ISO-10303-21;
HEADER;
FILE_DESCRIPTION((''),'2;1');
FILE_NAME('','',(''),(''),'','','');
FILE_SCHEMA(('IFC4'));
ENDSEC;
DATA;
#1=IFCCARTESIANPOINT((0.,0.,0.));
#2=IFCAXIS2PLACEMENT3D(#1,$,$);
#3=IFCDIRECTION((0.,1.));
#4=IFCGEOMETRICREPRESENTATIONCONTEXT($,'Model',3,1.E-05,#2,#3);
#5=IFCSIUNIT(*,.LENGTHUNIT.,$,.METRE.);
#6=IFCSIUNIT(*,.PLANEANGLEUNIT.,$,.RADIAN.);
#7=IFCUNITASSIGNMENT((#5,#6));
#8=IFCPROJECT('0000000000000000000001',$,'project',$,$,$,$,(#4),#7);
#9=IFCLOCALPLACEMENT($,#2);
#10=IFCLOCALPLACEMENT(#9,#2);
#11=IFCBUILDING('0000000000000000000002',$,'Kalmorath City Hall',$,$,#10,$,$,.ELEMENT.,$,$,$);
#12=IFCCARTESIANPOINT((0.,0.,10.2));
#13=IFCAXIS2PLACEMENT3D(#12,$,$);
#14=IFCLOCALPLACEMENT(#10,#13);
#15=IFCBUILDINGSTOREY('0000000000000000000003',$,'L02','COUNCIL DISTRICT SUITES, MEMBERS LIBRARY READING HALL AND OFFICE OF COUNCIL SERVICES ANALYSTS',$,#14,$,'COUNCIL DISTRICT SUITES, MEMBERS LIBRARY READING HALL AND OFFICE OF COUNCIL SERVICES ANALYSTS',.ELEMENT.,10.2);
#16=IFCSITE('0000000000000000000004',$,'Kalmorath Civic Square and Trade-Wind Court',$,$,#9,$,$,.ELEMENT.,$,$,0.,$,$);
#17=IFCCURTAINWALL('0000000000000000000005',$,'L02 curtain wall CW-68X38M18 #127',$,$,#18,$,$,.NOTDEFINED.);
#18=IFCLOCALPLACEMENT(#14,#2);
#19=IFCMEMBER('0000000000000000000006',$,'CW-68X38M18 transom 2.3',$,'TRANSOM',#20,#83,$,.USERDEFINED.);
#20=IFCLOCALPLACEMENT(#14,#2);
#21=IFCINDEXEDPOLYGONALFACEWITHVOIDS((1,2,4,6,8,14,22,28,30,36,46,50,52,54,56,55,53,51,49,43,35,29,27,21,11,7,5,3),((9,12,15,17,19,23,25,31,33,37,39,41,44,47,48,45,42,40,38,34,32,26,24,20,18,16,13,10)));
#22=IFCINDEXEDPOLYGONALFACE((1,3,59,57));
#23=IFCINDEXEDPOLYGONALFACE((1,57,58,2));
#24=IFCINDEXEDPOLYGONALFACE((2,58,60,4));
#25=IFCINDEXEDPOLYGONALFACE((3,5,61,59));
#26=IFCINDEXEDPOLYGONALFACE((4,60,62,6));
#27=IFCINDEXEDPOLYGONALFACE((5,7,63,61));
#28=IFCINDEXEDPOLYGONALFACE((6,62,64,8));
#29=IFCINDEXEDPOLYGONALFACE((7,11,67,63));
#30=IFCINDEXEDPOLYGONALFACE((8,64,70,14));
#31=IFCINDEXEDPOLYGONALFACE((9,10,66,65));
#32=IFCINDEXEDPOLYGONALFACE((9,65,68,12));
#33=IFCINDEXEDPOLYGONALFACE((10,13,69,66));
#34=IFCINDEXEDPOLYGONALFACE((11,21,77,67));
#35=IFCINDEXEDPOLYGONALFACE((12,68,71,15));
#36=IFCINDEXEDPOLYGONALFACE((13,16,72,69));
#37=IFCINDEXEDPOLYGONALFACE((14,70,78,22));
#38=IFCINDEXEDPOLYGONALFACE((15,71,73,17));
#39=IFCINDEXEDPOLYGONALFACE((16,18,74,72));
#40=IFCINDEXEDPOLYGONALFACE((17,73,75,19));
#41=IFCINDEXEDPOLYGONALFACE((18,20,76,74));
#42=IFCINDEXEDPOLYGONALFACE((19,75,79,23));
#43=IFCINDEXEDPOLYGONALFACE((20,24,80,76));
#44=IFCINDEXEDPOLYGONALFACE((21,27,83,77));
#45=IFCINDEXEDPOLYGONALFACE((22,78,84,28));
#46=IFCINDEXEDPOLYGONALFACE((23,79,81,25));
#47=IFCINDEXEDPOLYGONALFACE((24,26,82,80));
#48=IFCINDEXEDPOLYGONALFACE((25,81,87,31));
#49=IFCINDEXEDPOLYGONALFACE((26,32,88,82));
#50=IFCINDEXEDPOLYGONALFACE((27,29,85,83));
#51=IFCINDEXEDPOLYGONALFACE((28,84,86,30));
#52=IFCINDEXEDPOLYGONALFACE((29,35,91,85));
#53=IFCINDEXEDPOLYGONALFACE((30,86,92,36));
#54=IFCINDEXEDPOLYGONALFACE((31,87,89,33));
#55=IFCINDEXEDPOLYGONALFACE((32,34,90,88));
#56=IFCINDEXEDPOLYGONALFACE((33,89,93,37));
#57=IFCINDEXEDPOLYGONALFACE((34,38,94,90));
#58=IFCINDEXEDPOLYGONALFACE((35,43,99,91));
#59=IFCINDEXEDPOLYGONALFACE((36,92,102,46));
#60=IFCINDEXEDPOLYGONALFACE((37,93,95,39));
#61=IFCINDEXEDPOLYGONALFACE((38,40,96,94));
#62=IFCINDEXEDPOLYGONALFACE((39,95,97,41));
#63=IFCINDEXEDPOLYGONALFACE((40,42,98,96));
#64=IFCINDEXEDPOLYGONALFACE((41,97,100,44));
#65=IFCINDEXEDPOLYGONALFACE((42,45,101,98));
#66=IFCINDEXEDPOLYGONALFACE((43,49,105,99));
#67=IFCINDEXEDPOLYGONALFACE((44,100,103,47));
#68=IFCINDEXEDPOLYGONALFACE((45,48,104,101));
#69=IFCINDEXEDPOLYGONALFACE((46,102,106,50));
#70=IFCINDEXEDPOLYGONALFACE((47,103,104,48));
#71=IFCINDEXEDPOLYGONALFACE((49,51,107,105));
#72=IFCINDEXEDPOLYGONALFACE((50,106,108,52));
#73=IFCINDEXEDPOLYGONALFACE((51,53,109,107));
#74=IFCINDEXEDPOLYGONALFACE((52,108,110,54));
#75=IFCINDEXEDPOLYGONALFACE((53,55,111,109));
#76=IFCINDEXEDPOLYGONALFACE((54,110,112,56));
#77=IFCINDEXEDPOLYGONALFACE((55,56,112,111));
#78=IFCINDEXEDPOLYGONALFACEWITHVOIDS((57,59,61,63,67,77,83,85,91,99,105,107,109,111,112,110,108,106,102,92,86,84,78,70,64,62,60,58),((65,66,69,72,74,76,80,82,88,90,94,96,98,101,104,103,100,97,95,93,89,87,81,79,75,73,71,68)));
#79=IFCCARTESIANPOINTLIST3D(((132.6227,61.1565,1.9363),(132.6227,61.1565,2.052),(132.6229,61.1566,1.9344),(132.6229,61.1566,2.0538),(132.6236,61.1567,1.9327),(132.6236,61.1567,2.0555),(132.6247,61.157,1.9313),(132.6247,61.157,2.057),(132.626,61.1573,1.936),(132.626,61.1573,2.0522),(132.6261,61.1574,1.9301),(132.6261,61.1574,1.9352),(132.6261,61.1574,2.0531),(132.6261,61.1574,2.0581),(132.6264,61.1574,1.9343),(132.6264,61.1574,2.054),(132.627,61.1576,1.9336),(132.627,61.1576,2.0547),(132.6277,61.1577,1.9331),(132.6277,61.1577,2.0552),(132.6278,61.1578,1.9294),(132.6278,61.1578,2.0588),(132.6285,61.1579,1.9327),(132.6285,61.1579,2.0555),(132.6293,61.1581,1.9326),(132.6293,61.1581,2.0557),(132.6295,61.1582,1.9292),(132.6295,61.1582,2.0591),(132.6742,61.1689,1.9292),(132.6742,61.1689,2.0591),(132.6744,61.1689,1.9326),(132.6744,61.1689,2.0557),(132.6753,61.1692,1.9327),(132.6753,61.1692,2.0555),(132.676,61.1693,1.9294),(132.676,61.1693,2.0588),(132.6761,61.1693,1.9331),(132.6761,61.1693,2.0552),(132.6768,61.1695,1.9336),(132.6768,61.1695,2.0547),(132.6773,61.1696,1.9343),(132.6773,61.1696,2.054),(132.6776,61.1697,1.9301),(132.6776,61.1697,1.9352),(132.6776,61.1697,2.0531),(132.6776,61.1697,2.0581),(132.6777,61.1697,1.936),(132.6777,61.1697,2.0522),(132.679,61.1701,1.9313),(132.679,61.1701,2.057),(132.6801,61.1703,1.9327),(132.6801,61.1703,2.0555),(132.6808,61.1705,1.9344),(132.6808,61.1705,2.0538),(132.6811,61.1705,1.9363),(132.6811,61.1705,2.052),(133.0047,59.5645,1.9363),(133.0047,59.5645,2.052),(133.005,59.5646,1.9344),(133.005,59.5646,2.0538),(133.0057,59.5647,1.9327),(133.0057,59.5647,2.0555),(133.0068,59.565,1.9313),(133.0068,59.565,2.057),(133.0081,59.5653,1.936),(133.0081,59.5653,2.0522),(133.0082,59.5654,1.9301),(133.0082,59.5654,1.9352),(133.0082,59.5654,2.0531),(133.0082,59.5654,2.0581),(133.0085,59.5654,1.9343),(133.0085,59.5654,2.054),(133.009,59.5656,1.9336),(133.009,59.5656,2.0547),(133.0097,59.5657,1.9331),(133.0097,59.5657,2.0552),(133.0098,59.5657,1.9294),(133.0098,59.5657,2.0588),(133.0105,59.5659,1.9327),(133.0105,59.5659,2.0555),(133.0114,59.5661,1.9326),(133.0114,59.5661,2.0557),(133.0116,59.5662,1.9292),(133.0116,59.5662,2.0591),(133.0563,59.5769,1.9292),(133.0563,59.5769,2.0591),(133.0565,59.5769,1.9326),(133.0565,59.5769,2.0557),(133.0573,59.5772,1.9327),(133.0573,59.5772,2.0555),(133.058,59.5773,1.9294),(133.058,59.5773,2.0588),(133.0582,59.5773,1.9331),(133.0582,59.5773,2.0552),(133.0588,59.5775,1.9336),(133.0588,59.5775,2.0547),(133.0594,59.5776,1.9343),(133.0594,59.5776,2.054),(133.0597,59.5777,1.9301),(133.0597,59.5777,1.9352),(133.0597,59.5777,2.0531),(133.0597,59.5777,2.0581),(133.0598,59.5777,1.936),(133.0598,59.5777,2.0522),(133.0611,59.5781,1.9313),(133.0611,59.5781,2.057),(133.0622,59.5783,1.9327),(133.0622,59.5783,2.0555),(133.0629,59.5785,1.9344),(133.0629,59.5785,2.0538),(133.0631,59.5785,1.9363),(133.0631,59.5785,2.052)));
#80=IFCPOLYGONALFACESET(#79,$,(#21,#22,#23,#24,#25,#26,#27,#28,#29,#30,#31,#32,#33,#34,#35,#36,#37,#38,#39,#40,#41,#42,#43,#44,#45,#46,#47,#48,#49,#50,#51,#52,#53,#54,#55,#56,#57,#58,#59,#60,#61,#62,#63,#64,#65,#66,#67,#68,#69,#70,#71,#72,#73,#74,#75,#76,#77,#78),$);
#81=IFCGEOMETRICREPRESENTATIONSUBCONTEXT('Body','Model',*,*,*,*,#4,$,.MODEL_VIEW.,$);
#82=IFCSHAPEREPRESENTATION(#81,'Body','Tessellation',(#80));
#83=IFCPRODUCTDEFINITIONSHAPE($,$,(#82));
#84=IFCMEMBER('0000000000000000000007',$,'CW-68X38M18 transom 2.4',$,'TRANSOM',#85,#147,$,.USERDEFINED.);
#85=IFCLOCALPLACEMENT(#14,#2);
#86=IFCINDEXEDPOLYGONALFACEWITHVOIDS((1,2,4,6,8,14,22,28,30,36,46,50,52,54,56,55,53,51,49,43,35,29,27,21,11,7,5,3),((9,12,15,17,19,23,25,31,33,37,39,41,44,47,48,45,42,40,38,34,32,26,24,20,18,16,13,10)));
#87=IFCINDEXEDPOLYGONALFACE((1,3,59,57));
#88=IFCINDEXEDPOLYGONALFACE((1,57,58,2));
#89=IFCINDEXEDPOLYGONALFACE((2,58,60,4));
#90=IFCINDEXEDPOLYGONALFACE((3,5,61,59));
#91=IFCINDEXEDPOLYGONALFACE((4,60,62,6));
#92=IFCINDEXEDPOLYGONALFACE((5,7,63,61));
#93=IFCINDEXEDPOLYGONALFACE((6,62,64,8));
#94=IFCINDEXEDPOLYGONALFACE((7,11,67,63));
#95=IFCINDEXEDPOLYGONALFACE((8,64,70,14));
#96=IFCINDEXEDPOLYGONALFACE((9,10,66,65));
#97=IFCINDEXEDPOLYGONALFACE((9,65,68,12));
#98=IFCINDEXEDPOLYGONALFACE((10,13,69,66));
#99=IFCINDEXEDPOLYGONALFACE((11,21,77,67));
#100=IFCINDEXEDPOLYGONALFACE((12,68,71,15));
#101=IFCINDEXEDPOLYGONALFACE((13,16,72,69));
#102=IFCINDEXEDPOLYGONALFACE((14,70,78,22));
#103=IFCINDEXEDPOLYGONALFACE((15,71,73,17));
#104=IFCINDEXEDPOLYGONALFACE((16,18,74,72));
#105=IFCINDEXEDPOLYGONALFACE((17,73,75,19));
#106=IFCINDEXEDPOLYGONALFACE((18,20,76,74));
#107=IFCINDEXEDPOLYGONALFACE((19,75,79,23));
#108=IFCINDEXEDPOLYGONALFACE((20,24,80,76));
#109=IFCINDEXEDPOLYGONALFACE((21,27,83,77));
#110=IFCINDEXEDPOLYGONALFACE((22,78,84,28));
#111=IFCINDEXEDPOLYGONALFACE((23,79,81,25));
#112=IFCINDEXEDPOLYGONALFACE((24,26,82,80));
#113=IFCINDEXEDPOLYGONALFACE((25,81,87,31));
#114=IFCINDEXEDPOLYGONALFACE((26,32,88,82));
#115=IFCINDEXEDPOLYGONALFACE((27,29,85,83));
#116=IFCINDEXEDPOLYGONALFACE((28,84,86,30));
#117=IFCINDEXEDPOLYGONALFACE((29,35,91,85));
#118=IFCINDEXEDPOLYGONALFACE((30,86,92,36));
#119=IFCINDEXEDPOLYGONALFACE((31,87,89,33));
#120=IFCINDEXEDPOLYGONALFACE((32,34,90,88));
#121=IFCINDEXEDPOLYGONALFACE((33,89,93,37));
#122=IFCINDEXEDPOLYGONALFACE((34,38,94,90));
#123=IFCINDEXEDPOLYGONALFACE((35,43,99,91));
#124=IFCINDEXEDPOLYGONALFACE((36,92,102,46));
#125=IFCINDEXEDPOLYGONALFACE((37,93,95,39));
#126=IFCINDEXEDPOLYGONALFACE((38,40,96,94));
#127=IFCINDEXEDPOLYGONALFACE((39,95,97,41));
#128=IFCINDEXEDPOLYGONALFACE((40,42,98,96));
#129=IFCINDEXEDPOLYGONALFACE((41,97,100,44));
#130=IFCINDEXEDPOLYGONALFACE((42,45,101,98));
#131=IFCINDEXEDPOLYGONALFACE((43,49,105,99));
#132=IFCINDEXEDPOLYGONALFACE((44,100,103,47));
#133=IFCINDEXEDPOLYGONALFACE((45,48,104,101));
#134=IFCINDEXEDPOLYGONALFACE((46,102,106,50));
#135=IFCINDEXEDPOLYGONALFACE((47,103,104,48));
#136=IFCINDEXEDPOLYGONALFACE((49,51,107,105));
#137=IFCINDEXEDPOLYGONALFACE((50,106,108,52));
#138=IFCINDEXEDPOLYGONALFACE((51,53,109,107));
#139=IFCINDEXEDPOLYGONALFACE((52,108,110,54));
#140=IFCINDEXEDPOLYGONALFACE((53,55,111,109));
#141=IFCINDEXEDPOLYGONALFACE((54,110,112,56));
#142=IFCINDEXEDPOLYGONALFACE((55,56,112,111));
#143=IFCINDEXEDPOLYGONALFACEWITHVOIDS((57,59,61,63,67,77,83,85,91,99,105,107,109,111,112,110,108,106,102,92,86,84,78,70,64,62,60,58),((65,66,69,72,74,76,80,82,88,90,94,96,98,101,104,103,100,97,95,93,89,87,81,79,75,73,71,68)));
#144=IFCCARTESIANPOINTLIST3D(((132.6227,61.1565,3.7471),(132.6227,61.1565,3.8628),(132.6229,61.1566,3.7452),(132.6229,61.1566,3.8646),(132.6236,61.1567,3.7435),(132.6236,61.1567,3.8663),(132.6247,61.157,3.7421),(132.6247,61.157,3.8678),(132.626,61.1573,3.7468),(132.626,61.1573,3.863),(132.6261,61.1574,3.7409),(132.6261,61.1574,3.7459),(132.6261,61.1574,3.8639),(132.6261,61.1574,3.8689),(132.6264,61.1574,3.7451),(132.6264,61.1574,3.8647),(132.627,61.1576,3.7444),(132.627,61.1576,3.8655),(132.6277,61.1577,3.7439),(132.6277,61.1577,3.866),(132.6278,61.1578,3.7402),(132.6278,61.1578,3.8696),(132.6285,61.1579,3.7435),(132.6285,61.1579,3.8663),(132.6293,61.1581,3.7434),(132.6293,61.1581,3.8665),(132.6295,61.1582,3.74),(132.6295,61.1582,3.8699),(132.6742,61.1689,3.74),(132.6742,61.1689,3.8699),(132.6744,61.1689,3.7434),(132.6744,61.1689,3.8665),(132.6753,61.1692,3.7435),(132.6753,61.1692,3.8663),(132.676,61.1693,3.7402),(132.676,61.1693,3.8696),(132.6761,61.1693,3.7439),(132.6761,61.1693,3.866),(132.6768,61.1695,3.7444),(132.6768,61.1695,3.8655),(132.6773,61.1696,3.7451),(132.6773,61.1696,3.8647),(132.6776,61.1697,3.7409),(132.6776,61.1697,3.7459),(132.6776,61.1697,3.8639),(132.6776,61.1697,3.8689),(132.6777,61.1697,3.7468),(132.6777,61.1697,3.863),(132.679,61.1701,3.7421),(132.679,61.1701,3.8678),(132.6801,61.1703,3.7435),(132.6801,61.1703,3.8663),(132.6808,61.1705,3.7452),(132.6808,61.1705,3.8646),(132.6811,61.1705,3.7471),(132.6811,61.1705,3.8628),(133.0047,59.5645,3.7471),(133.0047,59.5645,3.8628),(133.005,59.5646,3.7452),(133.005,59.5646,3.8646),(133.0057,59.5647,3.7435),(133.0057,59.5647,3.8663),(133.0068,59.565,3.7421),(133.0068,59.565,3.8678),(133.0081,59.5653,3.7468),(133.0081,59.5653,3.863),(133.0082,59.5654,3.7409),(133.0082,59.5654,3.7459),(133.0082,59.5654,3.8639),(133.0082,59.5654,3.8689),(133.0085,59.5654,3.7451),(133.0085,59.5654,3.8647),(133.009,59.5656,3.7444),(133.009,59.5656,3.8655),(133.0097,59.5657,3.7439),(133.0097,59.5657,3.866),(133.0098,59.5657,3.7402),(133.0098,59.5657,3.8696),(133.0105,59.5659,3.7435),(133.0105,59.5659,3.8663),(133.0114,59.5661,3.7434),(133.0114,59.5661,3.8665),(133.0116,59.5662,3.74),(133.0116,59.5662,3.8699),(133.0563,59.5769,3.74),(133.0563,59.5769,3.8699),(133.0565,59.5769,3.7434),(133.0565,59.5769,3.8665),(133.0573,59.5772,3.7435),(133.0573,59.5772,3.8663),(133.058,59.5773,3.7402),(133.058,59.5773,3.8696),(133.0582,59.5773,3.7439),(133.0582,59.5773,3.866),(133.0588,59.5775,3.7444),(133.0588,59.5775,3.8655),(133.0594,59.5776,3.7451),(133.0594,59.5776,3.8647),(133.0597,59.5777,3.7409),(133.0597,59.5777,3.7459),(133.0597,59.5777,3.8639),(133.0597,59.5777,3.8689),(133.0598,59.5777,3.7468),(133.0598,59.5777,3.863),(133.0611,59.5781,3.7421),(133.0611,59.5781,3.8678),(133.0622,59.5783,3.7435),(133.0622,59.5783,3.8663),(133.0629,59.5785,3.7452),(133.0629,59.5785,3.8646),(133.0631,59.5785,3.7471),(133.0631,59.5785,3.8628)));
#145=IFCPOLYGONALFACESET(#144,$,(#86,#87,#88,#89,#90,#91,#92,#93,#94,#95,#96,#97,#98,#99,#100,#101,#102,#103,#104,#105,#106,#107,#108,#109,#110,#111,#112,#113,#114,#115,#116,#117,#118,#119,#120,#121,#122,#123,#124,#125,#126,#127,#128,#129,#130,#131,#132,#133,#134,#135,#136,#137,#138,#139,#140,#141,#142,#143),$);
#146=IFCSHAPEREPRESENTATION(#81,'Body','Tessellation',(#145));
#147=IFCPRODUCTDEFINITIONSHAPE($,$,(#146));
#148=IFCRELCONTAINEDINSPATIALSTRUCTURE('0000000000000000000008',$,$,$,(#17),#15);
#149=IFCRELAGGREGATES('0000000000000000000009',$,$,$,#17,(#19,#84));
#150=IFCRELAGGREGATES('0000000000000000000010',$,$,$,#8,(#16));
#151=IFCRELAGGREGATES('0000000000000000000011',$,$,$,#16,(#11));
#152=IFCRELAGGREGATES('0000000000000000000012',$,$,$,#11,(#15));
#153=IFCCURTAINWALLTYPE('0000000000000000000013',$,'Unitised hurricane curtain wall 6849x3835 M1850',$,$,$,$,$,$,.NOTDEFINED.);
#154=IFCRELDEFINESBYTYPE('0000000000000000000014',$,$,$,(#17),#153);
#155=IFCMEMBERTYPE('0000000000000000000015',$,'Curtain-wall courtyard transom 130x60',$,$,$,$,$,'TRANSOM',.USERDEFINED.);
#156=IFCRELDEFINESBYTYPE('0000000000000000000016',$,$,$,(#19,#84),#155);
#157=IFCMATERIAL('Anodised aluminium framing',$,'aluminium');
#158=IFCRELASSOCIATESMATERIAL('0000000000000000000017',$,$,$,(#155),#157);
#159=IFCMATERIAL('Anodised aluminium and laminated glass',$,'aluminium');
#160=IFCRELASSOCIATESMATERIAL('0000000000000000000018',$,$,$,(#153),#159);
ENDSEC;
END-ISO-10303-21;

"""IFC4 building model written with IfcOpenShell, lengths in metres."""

from ifc_helpers import new_model, si_unit, direction, frame, origin, origin_2d, place, context, subcontext, project, spatial, hollow_rectangle, extrude, material, material_profile, profile_set, type_object, element, aggregate, save


model = new_model("IFC4")

# Units and contexts
model_context = context("Model", 3, precision=1e-05, world=origin(), true_north=direction((0.0, 1.0)))
body_context = subcontext(model_context, "Body", "Model", "MODEL_VIEW")
ifc_project = project(units=[si_unit("LENGTHUNIT", "METRE"), si_unit("PLANEANGLEUNIT", "RADIAN")], contexts=[model_context])

# Site, building, storey
site_placement = place(None, origin())
site = spatial("IfcSite", under=ifc_project, at=site_placement, Name="Kalmorath Civic Square and Trade-Wind Court", CompositionType="ELEMENT", RefElevation=0.0)
building_placement = place(site_placement, origin())
building = spatial("IfcBuilding", under=site, at=building_placement, Name="Kalmorath City Hall", CompositionType="ELEMENT")
storey_placement = place(building_placement, frame((0.0, 0.0, 10.2)))
storey = spatial("IfcBuildingStorey", under=building, at=storey_placement, Name="L02", Description="COUNCIL DISTRICT SUITES, MEMBERS LIBRARY READING HALL AND OFFICE OF COUNCIL SERVICES ANALYSTS", LongName="COUNCIL DISTRICT SUITES, MEMBERS LIBRARY READING HALL AND OFFICE OF COUNCIL SERVICES ANALYSTS", CompositionType="ELEMENT", Elevation=10.2)

# Curtain wall, members
ifc_material_1 = material(Name="Anodised aluminium framing", Category="aluminium")
ifc_material_profile_1 = material_profile(ifc_material_1, hollow_rectangle(XDim=0.0601, YDim=0.1299, WallThickness=0.0034, InnerFilletRadius=0.0034, OuterFilletRadius=0.0071, at=origin_2d()), Name="ALU-TRN-130X60X3.5")
ifc_profile_set_1 = profile_set([ifc_material_profile_1], Name="Anodised aluminium framing")
member_type_1 = type_object("IfcMemberType", Name="Curtain-wall courtyard transom 130x60", ElementType="TRANSOM", PredefinedType="USERDEFINED", material=ifc_profile_set_1)
ifc_material_2 = material(Name="Anodised aluminium and laminated glass", Category="aluminium")
curtain_wall_type_1 = type_object("IfcCurtainWallType", Name="Unitised hurricane curtain wall 6849x3835 M1850", PredefinedType="NOTDEFINED", material=ifc_material_2)
curtain_wall_1_placement = place(storey_placement, origin())
curtain_wall_1 = element("IfcCurtainWall", 1, at=curtain_wall_1_placement, inside=storey, type_object=curtain_wall_type_1, Name="L02 curtain wall CW-68X38M18 #127", PredefinedType="NOTDEFINED")
member_1_placement = place(storey_placement, frame((133.0339, 59.5715, 1.9941), z_axis=(-0.233367, 0.972389, 0.0), x_axis=(-0.972389, -0.233367, 0.0)))
member_1 = element("IfcMember", 2, at=member_1_placement, type_object=member_type_1, Name="CW-68X38M18 transom 2.3", ObjectType="TRANSOM", PredefinedType="USERDEFINED", context=body_context, shape_type="SweptSolid", body=[
    extrude(hollow_rectangle(XDim=0.0601, YDim=0.1299, WallThickness=0.0034, InnerFilletRadius=0.0034, OuterFilletRadius=0.0071, at=origin_2d()), origin(), (0.0, 0.0, 1.0), 1.6372),
])
member_2_placement = place(storey_placement, frame((133.0339, 59.5715, 3.8049), z_axis=(-0.233367, 0.972389, 0.0), x_axis=(-0.972389, -0.233367, 0.0)))
member_2 = element("IfcMember", 3, at=member_2_placement, type_object=member_type_1, Name="CW-68X38M18 transom 2.4", ObjectType="TRANSOM", PredefinedType="USERDEFINED", context=body_context, shape_type="SweptSolid", body=[
    extrude(hollow_rectangle(XDim=0.0601, YDim=0.1299, WallThickness=0.0034, InnerFilletRadius=0.0034, OuterFilletRadius=0.0071, at=origin_2d()), origin(), (0.0, 0.0, 1.0), 1.6372),
])

aggregate(curtain_wall_1, [member_1, member_2])

save(model, "model.ifc")
